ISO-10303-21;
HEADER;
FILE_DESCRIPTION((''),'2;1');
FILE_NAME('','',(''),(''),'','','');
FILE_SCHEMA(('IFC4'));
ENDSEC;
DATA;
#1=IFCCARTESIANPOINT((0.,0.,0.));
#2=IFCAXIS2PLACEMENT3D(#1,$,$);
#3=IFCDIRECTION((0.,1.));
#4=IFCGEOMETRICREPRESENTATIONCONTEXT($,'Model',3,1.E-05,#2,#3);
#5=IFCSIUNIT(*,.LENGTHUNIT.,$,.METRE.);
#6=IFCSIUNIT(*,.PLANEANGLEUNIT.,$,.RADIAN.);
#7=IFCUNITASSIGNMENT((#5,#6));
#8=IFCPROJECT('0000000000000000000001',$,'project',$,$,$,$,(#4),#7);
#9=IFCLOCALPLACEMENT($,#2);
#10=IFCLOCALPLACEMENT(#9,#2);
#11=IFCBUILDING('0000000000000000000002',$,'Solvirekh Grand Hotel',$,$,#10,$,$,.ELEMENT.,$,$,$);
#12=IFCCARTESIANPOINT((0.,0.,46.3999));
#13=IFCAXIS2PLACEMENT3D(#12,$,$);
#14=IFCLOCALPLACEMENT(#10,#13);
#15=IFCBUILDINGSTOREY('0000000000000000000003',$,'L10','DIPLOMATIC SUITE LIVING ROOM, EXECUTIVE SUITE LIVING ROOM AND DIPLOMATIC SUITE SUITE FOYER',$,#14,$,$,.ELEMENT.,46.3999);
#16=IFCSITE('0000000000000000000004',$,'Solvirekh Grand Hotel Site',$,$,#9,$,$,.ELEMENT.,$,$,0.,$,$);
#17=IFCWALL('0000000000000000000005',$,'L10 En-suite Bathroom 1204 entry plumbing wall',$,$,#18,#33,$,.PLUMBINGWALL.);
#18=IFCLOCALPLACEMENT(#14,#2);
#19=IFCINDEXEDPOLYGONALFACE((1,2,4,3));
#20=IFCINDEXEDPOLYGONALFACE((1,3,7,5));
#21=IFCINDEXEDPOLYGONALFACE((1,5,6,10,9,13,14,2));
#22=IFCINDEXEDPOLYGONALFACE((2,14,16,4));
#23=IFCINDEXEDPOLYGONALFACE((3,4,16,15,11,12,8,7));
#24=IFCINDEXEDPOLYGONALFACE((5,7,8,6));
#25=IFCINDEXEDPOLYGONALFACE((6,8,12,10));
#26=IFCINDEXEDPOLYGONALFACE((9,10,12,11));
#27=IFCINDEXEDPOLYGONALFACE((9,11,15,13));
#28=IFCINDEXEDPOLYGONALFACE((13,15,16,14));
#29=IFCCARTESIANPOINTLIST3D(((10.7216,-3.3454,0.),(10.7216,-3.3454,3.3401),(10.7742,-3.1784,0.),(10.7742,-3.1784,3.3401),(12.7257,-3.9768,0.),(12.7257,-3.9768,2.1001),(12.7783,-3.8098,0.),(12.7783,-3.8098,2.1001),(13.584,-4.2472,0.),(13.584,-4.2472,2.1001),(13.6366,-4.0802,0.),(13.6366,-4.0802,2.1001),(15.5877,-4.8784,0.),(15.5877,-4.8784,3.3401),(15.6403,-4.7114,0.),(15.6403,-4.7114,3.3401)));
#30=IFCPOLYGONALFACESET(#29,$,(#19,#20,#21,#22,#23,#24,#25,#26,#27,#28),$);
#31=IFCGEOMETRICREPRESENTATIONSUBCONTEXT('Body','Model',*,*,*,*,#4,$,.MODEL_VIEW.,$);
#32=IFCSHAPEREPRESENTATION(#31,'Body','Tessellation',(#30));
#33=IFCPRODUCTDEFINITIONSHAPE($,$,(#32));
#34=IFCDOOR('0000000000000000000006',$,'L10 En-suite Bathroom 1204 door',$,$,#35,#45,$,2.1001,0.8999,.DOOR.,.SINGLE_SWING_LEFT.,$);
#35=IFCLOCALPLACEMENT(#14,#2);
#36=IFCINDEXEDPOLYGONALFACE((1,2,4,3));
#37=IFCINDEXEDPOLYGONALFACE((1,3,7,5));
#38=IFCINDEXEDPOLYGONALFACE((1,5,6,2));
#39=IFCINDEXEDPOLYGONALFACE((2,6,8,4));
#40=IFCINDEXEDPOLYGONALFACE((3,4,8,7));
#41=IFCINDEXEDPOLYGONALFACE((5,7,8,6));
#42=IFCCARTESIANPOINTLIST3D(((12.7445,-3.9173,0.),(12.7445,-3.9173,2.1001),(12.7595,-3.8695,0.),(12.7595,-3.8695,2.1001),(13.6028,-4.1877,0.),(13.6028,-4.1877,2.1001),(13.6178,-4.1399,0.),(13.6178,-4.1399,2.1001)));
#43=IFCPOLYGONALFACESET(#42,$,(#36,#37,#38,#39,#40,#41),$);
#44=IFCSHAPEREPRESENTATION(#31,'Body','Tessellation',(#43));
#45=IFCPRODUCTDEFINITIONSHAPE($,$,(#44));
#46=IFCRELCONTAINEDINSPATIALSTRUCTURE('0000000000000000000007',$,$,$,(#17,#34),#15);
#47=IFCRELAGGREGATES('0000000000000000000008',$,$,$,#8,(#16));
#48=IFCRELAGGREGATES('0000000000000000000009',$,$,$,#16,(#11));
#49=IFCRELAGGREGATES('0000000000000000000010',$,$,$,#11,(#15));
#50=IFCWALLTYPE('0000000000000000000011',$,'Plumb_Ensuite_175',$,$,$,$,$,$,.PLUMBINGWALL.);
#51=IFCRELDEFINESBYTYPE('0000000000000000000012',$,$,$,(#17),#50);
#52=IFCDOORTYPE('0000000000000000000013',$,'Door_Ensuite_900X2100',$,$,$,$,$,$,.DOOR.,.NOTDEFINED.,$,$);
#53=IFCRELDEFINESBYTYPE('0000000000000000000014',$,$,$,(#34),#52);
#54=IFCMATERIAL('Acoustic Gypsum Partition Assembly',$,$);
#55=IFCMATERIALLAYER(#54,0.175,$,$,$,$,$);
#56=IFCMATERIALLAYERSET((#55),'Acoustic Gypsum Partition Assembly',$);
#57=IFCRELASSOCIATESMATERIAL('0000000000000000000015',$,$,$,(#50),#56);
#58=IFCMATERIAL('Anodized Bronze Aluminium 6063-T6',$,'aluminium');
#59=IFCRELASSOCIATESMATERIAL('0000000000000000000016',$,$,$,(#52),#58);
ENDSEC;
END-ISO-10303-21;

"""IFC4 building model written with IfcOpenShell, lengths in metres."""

from ifc_helpers import new_model, si_unit, direction, frame, frame_2d, origin, place, context, subcontext, project, spatial, rectangle, extrude, material, layer, layer_set, type_object, element, fill, save


model = new_model("IFC4")

# Units and contexts
model_context = context("Model", 3, precision=1e-05, world=origin(), true_north=direction((0.0, 1.0)))
body_context = subcontext(model_context, "Body", "Model", "MODEL_VIEW")
ifc_project = project(units=[si_unit("LENGTHUNIT", "METRE"), si_unit("PLANEANGLEUNIT", "RADIAN")], contexts=[model_context])

# Site, building, storey
site_placement = place(None, origin())
site = spatial("IfcSite", under=ifc_project, at=site_placement, Name="Solvirekh Grand Hotel Site", CompositionType="ELEMENT", RefElevation=0.0)
building_placement = place(site_placement, origin())
building = spatial("IfcBuilding", under=site, at=building_placement, Name="Solvirekh Grand Hotel", CompositionType="ELEMENT")
storey_placement = place(building_placement, frame((0.0, 0.0, 46.3999)))
storey = spatial("IfcBuildingStorey", under=building, at=storey_placement, Name="L10", Description="DIPLOMATIC SUITE LIVING ROOM, EXECUTIVE SUITE LIVING ROOM AND DIPLOMATIC SUITE SUITE FOYER", CompositionType="ELEMENT", Elevation=46.3999)

# Shared definitions
ifc_material_1 = material(Name="Anodized Bronze Aluminium 6063-T6", Category="aluminium")

# Shared definitions
ifc_material_2 = material(Name="Acoustic Gypsum Partition Assembly")

# Shared definitions
ifc_layer_1 = layer(ifc_material_2, 0.175)
ifc_layer_set_1 = layer_set([ifc_layer_1], Name="Acoustic Gypsum Partition Assembly")
wall_type_1 = type_object("IfcWallType", Name="Plumb_Ensuite_175", PredefinedType="PLUMBINGWALL", material=ifc_layer_set_1)

# Wall, opening, door
wall_1_placement = place(storey_placement, frame((10.748, -3.262, 0.0), z_axis=(0.0, 0.0, 1.0), x_axis=(0.953789, -0.300479, 0.0)))
wall_1 = element("IfcWall", 1, at=wall_1_placement, inside=storey, type_object=wall_type_1, Name="L10 En-suite Bathroom 1204 entry plumbing wall", PredefinedType="PLUMBINGWALL", context=body_context, shape_type="SweptSolid", body=[
    extrude(rectangle(XDim=5.1018, YDim=0.175, at=frame_2d((2.5508, 0.0))), origin(), (0.0, 0.0, 1.0), 3.3401),
])
opening_1_placement = place(wall_1_placement, frame((2.1011, 0.0, 0.0)))
opening_1 = element("IfcOpeningElement", 2, at=opening_1_placement, cuts=wall_1, PredefinedType="OPENING", context=body_context, shape_type="SweptSolid", body=[
    extrude(rectangle(XDim=0.8999, YDim=2.1001, at=frame_2d((0.45, 1.05))), frame((0.0, 0.0977, 0.0), z_axis=(0.0, -1.0, 0.0), x_axis=(1.0, 0.0, 0.0)), (0.0, 0.0, 1.0), 0.1951),
])
door_type_1 = type_object("IfcDoorType", Name="Door_Ensuite_900X2100", OperationType="NOTDEFINED", PredefinedType="DOOR", material=ifc_material_1)
door_1_placement = place(opening_1_placement, origin())
door_1 = element("IfcDoor", 3, at=door_1_placement, inside=storey, type_object=door_type_1, Name="L10 En-suite Bathroom 1204 door", OperationType="SINGLE_SWING_LEFT", OverallHeight=2.1001, OverallWidth=0.8999, PredefinedType="DOOR", context=body_context, shape_type="SweptSolid", body=[
    extrude(rectangle(XDim=0.8999, YDim=2.1001, at=frame_2d((0.45, 1.05))), frame((0.0, 0.0249, 0.0), z_axis=(0.0, -1.0, 0.0), x_axis=(1.0, 0.0, 0.0)), (0.0, 0.0, 1.0), 0.05),
])
fill(opening_1, door_1)

save(model, "model.ifc")
